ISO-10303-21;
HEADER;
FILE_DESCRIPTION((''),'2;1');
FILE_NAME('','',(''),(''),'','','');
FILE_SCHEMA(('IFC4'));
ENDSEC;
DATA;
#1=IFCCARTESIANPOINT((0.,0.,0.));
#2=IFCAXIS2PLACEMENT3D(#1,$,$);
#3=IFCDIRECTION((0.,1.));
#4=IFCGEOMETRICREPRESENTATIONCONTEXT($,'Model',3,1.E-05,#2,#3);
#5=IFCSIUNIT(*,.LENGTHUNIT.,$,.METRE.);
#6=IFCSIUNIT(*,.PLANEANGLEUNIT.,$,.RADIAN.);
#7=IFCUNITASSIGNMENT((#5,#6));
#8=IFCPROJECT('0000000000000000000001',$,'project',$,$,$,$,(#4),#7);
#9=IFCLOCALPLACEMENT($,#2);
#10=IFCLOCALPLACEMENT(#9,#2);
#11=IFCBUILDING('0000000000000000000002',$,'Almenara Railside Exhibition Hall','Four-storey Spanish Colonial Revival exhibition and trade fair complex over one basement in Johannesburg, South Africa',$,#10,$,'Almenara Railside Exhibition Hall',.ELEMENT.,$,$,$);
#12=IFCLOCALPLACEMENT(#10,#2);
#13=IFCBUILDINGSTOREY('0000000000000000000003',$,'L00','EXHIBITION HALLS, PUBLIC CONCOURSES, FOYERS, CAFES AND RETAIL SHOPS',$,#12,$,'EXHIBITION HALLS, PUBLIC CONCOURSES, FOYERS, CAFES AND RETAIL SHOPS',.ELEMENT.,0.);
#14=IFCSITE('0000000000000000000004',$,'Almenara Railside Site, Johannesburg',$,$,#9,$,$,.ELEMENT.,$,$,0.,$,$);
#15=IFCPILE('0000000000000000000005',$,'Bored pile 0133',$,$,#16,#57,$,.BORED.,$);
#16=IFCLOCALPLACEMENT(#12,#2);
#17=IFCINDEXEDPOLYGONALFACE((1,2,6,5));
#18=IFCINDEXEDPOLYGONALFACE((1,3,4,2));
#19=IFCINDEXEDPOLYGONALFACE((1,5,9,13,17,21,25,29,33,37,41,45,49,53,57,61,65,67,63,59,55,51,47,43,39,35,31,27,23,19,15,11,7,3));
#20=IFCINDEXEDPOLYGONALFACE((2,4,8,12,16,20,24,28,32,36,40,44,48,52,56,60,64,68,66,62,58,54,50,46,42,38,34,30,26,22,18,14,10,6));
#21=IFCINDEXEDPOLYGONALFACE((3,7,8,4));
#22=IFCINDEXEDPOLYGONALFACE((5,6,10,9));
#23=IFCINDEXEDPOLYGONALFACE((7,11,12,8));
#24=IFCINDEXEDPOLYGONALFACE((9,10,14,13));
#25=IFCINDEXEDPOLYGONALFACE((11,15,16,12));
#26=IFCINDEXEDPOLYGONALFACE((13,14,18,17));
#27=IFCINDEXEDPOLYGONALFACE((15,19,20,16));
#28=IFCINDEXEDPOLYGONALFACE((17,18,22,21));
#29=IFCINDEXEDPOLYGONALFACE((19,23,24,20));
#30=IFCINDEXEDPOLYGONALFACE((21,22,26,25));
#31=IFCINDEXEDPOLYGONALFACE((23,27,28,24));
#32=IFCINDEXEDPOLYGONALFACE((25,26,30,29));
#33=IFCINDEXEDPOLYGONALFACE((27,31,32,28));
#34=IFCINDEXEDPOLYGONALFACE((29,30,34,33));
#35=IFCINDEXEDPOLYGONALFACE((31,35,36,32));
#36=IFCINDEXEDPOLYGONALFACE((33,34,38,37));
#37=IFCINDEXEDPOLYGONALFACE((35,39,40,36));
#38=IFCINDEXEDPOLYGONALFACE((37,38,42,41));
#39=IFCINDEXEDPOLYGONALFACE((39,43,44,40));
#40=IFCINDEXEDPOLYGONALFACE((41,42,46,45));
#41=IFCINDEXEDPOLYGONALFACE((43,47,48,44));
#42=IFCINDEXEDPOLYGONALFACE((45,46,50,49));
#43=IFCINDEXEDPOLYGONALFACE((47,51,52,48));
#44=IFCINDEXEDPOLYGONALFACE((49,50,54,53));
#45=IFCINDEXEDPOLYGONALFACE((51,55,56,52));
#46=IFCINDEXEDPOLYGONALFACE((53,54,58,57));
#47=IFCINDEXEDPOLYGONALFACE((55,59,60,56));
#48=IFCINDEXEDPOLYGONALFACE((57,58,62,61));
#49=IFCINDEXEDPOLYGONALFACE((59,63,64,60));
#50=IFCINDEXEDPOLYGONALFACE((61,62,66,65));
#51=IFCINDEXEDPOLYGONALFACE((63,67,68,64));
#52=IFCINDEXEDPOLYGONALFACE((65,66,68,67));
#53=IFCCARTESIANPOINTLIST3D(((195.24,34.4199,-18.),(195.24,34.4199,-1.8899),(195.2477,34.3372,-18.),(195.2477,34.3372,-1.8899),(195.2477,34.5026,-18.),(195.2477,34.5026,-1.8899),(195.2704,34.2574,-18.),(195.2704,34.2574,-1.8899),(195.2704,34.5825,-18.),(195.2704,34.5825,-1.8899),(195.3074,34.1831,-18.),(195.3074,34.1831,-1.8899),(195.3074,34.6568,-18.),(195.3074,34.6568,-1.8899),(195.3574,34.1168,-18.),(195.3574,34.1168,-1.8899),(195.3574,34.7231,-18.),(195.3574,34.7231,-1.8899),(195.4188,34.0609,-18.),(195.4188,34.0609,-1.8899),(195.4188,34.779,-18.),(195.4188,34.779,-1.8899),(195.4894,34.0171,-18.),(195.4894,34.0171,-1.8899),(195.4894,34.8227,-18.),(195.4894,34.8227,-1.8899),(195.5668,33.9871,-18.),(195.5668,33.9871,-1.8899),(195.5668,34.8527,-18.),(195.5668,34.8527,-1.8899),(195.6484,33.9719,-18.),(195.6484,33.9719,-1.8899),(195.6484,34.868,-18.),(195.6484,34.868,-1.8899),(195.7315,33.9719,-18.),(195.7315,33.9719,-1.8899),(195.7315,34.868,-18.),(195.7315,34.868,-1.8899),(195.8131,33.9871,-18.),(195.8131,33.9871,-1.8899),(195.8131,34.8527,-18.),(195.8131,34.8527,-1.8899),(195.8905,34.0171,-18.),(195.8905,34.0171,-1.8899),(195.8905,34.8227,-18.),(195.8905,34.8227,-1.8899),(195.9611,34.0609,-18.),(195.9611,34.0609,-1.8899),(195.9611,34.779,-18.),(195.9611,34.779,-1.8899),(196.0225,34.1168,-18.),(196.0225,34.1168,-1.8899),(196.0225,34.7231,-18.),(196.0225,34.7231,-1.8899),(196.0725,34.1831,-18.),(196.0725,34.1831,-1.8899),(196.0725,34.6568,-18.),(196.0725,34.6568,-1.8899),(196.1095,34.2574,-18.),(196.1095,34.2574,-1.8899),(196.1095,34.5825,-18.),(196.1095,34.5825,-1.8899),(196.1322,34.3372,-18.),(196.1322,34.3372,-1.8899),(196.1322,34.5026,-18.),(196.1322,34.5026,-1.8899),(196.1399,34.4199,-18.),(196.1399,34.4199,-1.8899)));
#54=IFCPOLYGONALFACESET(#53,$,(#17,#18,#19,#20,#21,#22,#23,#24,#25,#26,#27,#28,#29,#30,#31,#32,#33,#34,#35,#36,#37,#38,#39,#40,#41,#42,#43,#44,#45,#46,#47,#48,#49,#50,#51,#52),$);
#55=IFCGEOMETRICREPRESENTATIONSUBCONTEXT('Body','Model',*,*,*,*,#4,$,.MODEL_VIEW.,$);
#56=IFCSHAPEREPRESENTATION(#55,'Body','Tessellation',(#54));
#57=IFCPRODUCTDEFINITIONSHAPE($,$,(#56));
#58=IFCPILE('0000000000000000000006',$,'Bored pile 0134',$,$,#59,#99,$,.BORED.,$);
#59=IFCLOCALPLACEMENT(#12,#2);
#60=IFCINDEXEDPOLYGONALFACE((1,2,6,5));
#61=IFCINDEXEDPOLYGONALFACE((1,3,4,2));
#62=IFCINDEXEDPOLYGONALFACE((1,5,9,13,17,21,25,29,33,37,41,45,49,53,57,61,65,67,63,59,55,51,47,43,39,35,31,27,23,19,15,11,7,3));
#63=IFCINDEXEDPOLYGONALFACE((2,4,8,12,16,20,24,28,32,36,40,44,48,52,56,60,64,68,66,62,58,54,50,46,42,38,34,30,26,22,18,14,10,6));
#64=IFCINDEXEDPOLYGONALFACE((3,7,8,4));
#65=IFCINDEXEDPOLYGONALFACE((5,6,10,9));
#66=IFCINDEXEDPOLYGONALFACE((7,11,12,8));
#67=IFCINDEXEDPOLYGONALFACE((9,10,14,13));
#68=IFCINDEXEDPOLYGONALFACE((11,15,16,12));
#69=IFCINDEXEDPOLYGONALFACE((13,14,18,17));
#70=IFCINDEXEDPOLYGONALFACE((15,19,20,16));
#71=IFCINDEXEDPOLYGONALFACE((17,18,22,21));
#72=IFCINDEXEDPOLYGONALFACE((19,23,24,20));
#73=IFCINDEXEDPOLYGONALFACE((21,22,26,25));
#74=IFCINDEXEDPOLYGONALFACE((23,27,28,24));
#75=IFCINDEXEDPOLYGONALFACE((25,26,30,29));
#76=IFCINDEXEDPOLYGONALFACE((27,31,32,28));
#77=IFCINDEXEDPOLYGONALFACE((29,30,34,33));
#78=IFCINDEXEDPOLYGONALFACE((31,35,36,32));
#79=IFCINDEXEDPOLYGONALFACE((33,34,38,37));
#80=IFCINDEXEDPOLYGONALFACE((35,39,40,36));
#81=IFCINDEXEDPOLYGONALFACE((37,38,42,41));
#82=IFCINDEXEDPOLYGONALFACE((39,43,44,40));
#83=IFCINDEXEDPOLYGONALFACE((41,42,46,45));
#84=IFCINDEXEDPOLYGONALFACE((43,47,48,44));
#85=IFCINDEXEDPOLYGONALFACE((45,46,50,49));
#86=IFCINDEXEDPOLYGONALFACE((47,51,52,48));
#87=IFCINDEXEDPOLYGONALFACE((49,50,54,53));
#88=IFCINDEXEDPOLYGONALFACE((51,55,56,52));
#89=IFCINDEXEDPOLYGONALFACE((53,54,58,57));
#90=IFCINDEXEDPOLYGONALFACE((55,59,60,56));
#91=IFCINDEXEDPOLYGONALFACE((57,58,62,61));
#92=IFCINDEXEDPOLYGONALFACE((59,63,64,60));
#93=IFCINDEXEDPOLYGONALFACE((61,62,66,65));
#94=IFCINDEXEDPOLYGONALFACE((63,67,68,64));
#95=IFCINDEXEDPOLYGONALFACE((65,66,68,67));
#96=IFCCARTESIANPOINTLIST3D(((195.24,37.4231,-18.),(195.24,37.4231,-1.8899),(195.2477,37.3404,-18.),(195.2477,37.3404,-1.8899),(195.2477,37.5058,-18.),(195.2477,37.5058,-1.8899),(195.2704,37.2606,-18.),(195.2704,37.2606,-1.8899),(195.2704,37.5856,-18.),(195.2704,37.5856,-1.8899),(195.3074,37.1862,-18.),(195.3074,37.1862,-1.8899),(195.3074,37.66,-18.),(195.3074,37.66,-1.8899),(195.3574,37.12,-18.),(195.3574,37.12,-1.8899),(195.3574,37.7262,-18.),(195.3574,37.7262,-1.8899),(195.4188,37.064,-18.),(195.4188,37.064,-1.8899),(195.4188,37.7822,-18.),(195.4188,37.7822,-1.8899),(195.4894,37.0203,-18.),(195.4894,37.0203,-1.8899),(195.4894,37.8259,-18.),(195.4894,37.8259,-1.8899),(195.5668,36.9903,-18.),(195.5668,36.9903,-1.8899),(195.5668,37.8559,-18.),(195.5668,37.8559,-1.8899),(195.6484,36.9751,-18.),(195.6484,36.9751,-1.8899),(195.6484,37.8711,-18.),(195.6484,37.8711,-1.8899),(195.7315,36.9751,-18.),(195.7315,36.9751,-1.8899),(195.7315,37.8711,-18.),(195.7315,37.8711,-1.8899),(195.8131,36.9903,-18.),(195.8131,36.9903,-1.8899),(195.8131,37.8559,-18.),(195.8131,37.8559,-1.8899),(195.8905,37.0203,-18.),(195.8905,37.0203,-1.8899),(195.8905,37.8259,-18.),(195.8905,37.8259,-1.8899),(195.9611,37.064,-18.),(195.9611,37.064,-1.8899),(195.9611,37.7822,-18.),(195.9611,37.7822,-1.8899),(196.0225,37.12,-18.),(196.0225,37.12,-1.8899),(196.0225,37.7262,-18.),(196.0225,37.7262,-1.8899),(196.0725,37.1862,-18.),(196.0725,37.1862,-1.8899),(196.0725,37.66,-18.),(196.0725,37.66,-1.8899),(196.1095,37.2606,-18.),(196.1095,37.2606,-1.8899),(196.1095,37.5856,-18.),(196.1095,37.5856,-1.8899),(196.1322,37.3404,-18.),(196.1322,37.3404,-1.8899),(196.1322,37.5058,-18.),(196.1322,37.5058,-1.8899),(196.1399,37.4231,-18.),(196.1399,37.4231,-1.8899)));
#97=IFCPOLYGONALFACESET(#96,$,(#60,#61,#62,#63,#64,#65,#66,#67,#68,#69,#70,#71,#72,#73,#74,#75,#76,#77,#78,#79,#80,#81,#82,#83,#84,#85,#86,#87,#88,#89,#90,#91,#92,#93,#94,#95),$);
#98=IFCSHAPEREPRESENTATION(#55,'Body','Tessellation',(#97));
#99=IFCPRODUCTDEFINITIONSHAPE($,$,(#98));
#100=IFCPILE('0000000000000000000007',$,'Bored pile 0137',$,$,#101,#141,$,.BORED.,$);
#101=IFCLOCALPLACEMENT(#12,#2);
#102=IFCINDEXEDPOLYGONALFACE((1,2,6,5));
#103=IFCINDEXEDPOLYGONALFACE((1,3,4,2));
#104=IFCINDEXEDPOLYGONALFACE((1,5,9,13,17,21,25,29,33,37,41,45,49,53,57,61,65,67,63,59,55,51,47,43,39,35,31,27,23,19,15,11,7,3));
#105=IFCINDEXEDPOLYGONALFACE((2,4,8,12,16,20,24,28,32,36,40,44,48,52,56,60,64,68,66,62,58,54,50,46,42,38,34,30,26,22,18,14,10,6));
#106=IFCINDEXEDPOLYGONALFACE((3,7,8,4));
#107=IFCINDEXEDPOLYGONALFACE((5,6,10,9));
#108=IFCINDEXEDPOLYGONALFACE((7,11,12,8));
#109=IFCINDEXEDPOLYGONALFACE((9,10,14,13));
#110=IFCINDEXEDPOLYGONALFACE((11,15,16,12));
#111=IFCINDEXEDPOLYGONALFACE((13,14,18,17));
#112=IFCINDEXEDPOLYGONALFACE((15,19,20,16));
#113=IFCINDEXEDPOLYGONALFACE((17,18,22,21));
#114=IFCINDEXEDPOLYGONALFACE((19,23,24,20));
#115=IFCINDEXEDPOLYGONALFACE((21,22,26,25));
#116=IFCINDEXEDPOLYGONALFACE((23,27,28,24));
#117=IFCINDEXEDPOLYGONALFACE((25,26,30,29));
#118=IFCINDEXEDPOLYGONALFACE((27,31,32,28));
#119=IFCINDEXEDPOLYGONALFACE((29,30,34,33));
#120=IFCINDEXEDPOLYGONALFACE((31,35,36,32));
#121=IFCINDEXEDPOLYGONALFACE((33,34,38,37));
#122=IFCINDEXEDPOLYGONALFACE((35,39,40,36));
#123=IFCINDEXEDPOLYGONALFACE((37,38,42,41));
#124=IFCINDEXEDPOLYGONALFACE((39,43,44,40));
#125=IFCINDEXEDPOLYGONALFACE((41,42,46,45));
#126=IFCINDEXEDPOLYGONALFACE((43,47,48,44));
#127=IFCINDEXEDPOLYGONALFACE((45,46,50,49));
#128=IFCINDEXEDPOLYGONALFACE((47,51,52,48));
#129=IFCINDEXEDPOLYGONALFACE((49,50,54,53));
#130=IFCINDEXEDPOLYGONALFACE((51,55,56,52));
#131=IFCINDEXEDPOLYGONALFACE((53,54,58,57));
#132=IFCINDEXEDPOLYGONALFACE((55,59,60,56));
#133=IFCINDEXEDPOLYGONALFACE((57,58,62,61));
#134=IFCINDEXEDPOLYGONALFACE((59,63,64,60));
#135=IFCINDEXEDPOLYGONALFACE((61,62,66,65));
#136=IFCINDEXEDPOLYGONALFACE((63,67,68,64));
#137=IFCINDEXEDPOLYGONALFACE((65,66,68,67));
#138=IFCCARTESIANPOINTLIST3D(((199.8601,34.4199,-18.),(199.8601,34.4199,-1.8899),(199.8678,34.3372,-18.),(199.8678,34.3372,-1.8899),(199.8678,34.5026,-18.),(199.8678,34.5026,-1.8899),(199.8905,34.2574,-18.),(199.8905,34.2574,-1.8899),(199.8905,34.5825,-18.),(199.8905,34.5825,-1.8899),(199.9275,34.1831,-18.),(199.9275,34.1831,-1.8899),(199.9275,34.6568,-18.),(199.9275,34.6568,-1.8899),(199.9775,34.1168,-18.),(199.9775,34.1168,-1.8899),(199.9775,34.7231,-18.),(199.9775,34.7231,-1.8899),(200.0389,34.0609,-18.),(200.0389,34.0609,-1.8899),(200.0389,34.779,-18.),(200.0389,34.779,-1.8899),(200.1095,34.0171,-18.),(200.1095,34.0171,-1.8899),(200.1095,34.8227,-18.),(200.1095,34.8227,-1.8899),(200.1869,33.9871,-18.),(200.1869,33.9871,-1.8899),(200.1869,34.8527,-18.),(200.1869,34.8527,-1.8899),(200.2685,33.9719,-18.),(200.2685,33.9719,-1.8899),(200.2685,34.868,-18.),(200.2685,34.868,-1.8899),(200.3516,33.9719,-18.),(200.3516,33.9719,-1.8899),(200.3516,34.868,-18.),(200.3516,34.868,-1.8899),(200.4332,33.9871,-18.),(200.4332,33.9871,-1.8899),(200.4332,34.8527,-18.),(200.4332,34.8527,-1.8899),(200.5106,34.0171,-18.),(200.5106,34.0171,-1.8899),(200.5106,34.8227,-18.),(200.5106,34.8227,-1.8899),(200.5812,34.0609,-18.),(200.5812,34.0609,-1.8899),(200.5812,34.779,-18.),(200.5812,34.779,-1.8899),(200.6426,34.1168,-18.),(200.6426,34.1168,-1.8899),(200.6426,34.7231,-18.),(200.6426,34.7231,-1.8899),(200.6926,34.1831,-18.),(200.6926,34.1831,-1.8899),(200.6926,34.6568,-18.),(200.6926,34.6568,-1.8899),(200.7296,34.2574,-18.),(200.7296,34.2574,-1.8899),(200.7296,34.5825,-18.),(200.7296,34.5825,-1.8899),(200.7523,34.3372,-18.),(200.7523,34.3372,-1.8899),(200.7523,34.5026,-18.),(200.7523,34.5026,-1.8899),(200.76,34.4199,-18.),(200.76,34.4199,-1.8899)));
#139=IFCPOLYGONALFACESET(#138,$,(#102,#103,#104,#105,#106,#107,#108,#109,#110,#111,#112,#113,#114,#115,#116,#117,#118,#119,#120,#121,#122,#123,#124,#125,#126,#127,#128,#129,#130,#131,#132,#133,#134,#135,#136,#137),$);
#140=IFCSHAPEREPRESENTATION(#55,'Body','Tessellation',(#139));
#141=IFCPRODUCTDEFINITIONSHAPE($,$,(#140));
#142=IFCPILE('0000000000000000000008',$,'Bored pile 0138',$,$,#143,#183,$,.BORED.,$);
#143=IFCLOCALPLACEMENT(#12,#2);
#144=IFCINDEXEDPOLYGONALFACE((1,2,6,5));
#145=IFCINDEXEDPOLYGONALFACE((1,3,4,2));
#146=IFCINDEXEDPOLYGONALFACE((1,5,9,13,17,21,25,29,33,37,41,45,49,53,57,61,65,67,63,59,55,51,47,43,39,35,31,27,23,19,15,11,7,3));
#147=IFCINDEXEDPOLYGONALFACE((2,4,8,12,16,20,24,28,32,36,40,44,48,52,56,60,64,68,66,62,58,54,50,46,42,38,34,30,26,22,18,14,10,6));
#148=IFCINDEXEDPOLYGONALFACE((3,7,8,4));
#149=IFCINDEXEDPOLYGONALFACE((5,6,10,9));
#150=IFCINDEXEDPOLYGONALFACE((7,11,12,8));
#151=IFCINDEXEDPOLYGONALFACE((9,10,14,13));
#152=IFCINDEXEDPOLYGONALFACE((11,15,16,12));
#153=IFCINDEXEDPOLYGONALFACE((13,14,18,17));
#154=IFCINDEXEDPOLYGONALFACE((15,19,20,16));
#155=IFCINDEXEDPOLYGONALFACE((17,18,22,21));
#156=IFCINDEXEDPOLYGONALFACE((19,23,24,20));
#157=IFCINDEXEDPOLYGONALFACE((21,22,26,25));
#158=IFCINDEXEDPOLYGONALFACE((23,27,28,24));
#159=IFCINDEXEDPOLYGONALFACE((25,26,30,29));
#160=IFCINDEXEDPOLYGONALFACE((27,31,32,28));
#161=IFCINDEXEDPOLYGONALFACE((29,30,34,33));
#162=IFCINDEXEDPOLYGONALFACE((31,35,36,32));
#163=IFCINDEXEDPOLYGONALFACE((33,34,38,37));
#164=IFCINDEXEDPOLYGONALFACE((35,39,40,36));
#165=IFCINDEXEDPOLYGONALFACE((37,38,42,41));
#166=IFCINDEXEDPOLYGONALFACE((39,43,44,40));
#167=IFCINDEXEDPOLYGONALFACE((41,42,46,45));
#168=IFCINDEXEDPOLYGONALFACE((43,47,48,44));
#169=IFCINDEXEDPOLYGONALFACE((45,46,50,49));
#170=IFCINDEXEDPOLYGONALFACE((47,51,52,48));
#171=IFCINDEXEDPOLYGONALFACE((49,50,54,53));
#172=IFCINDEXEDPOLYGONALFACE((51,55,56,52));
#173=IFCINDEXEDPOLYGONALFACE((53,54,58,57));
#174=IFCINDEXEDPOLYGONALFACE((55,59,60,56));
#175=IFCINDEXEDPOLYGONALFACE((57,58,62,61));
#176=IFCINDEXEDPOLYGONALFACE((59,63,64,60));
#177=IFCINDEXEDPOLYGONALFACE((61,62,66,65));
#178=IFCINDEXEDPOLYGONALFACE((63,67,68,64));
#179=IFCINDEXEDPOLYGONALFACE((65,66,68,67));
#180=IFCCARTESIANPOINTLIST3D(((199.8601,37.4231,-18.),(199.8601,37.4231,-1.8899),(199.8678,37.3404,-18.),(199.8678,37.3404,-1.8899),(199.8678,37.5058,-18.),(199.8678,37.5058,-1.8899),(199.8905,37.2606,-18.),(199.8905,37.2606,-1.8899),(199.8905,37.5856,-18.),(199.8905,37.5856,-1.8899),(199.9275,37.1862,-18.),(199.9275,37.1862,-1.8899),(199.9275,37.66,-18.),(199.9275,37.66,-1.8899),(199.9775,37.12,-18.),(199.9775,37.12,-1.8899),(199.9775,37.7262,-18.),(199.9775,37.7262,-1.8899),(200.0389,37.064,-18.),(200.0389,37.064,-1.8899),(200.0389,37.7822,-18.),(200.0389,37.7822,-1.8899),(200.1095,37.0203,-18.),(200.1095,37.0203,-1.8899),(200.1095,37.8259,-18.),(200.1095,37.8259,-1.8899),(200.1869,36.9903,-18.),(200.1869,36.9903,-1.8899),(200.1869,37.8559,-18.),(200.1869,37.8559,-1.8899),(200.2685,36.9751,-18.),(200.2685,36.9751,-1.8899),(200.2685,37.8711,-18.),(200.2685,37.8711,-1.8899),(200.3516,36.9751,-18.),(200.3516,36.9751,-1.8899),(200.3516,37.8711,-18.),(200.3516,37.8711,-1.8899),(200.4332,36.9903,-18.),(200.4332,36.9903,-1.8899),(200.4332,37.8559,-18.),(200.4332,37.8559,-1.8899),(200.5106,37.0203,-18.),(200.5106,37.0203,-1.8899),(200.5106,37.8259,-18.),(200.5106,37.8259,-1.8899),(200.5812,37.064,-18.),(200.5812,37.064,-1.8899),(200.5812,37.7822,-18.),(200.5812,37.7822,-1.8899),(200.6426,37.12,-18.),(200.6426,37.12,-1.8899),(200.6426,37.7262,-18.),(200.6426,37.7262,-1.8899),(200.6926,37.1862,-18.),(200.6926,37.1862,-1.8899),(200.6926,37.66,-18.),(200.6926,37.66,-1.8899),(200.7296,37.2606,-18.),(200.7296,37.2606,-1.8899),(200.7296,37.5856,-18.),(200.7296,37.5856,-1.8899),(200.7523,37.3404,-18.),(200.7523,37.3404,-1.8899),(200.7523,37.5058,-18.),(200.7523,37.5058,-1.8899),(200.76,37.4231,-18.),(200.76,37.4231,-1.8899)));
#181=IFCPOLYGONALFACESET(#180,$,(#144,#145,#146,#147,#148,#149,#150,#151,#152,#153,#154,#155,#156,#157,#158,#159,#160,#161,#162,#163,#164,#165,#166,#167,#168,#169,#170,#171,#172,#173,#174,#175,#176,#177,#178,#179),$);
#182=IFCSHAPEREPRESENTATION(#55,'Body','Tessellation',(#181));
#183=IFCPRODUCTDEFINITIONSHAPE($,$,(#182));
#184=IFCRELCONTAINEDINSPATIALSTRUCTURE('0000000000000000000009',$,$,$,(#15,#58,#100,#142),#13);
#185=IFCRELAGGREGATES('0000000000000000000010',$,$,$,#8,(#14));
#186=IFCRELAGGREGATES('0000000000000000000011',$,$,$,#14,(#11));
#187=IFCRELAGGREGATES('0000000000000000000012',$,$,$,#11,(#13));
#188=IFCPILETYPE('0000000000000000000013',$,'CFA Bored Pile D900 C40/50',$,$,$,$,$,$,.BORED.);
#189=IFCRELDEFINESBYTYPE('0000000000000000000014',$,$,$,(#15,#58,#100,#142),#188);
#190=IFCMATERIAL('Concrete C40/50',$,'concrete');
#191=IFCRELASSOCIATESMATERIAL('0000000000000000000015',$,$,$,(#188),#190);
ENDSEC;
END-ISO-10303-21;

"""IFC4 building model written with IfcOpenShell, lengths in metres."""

from ifc_helpers import new_model, si_unit, direction, frame, origin, origin_2d, place, context, subcontext, project, spatial, circle, extrude, material, material_profile, profile_set, type_object, element, save


model = new_model("IFC4")

# Units and contexts
model_context = context("Model", 3, precision=1e-05, world=origin(), true_north=direction((0.0, 1.0)))
body_context = subcontext(model_context, "Body", "Model", "MODEL_VIEW")
ifc_project = project(units=[si_unit("LENGTHUNIT", "METRE"), si_unit("PLANEANGLEUNIT", "RADIAN")], contexts=[model_context])

# Site, building, storey
site_placement = place(None, origin())
site = spatial("IfcSite", under=ifc_project, at=site_placement, Name="Almenara Railside Site, Johannesburg", CompositionType="ELEMENT", RefElevation=0.0)
building_placement = place(site_placement, origin())
building = spatial("IfcBuilding", under=site, at=building_placement, Name="Almenara Railside Exhibition Hall", Description="Four-storey Spanish Colonial Revival exhibition and trade fair complex over one basement in Johannesburg, South Africa", LongName="Almenara Railside Exhibition Hall", CompositionType="ELEMENT")
storey_placement = place(building_placement, origin())
storey = spatial("IfcBuildingStorey", under=building, at=storey_placement, Name="L00", Description="EXHIBITION HALLS, PUBLIC CONCOURSES, FOYERS, CAFES AND RETAIL SHOPS", LongName="EXHIBITION HALLS, PUBLIC CONCOURSES, FOYERS, CAFES AND RETAIL SHOPS", CompositionType="ELEMENT", Elevation=0.0)

# Piles
ifc_material_1 = material(Name="Concrete C40/50", Category="concrete")
ifc_material_profile_1 = material_profile(ifc_material_1, circle(Radius=0.45, at=origin_2d()), Name="CFA-PILE D900")
ifc_profile_set_1 = profile_set([ifc_material_profile_1], Name="Concrete C40/50")
pile_type = type_object("IfcPileType", Name="CFA Bored Pile D900 C40/50", PredefinedType="BORED", material=ifc_profile_set_1)
for number, where, z_axis, x_axis, name in (
    (1, (195.6899, 34.4199, -1.8899), (0.0, 0.0, -1.0), (1.0, 0.0, 0.0), "Bored pile 0133"),
    (2, (195.6899, 37.4231, -1.8899), (0.0, 0.0, -1.0), (1.0, 0.0, 0.0), "Bored pile 0134"),
    (3, (200.3101, 34.4199, -1.8899), (0.0, 0.0, -1.0), (1.0, 0.0, 0.0), "Bored pile 0137"),
    (4, (200.3101, 37.4231, -1.8899), (0.0, 0.0, -1.0), (1.0, 0.0, 0.0), "Bored pile 0138"),
):
    element("IfcPile", number, at=place(storey_placement, frame(where, z_axis=z_axis, x_axis=x_axis)), inside=storey, type_object=pile_type, Name=name, PredefinedType="BORED", context=body_context, shape_type="SweptSolid", body=[
        extrude(circle(Radius=0.45, at=origin_2d()), origin(), (0.0, 0.0, 1.0), 16.1101),
    ])

save(model, "model.ifc")
